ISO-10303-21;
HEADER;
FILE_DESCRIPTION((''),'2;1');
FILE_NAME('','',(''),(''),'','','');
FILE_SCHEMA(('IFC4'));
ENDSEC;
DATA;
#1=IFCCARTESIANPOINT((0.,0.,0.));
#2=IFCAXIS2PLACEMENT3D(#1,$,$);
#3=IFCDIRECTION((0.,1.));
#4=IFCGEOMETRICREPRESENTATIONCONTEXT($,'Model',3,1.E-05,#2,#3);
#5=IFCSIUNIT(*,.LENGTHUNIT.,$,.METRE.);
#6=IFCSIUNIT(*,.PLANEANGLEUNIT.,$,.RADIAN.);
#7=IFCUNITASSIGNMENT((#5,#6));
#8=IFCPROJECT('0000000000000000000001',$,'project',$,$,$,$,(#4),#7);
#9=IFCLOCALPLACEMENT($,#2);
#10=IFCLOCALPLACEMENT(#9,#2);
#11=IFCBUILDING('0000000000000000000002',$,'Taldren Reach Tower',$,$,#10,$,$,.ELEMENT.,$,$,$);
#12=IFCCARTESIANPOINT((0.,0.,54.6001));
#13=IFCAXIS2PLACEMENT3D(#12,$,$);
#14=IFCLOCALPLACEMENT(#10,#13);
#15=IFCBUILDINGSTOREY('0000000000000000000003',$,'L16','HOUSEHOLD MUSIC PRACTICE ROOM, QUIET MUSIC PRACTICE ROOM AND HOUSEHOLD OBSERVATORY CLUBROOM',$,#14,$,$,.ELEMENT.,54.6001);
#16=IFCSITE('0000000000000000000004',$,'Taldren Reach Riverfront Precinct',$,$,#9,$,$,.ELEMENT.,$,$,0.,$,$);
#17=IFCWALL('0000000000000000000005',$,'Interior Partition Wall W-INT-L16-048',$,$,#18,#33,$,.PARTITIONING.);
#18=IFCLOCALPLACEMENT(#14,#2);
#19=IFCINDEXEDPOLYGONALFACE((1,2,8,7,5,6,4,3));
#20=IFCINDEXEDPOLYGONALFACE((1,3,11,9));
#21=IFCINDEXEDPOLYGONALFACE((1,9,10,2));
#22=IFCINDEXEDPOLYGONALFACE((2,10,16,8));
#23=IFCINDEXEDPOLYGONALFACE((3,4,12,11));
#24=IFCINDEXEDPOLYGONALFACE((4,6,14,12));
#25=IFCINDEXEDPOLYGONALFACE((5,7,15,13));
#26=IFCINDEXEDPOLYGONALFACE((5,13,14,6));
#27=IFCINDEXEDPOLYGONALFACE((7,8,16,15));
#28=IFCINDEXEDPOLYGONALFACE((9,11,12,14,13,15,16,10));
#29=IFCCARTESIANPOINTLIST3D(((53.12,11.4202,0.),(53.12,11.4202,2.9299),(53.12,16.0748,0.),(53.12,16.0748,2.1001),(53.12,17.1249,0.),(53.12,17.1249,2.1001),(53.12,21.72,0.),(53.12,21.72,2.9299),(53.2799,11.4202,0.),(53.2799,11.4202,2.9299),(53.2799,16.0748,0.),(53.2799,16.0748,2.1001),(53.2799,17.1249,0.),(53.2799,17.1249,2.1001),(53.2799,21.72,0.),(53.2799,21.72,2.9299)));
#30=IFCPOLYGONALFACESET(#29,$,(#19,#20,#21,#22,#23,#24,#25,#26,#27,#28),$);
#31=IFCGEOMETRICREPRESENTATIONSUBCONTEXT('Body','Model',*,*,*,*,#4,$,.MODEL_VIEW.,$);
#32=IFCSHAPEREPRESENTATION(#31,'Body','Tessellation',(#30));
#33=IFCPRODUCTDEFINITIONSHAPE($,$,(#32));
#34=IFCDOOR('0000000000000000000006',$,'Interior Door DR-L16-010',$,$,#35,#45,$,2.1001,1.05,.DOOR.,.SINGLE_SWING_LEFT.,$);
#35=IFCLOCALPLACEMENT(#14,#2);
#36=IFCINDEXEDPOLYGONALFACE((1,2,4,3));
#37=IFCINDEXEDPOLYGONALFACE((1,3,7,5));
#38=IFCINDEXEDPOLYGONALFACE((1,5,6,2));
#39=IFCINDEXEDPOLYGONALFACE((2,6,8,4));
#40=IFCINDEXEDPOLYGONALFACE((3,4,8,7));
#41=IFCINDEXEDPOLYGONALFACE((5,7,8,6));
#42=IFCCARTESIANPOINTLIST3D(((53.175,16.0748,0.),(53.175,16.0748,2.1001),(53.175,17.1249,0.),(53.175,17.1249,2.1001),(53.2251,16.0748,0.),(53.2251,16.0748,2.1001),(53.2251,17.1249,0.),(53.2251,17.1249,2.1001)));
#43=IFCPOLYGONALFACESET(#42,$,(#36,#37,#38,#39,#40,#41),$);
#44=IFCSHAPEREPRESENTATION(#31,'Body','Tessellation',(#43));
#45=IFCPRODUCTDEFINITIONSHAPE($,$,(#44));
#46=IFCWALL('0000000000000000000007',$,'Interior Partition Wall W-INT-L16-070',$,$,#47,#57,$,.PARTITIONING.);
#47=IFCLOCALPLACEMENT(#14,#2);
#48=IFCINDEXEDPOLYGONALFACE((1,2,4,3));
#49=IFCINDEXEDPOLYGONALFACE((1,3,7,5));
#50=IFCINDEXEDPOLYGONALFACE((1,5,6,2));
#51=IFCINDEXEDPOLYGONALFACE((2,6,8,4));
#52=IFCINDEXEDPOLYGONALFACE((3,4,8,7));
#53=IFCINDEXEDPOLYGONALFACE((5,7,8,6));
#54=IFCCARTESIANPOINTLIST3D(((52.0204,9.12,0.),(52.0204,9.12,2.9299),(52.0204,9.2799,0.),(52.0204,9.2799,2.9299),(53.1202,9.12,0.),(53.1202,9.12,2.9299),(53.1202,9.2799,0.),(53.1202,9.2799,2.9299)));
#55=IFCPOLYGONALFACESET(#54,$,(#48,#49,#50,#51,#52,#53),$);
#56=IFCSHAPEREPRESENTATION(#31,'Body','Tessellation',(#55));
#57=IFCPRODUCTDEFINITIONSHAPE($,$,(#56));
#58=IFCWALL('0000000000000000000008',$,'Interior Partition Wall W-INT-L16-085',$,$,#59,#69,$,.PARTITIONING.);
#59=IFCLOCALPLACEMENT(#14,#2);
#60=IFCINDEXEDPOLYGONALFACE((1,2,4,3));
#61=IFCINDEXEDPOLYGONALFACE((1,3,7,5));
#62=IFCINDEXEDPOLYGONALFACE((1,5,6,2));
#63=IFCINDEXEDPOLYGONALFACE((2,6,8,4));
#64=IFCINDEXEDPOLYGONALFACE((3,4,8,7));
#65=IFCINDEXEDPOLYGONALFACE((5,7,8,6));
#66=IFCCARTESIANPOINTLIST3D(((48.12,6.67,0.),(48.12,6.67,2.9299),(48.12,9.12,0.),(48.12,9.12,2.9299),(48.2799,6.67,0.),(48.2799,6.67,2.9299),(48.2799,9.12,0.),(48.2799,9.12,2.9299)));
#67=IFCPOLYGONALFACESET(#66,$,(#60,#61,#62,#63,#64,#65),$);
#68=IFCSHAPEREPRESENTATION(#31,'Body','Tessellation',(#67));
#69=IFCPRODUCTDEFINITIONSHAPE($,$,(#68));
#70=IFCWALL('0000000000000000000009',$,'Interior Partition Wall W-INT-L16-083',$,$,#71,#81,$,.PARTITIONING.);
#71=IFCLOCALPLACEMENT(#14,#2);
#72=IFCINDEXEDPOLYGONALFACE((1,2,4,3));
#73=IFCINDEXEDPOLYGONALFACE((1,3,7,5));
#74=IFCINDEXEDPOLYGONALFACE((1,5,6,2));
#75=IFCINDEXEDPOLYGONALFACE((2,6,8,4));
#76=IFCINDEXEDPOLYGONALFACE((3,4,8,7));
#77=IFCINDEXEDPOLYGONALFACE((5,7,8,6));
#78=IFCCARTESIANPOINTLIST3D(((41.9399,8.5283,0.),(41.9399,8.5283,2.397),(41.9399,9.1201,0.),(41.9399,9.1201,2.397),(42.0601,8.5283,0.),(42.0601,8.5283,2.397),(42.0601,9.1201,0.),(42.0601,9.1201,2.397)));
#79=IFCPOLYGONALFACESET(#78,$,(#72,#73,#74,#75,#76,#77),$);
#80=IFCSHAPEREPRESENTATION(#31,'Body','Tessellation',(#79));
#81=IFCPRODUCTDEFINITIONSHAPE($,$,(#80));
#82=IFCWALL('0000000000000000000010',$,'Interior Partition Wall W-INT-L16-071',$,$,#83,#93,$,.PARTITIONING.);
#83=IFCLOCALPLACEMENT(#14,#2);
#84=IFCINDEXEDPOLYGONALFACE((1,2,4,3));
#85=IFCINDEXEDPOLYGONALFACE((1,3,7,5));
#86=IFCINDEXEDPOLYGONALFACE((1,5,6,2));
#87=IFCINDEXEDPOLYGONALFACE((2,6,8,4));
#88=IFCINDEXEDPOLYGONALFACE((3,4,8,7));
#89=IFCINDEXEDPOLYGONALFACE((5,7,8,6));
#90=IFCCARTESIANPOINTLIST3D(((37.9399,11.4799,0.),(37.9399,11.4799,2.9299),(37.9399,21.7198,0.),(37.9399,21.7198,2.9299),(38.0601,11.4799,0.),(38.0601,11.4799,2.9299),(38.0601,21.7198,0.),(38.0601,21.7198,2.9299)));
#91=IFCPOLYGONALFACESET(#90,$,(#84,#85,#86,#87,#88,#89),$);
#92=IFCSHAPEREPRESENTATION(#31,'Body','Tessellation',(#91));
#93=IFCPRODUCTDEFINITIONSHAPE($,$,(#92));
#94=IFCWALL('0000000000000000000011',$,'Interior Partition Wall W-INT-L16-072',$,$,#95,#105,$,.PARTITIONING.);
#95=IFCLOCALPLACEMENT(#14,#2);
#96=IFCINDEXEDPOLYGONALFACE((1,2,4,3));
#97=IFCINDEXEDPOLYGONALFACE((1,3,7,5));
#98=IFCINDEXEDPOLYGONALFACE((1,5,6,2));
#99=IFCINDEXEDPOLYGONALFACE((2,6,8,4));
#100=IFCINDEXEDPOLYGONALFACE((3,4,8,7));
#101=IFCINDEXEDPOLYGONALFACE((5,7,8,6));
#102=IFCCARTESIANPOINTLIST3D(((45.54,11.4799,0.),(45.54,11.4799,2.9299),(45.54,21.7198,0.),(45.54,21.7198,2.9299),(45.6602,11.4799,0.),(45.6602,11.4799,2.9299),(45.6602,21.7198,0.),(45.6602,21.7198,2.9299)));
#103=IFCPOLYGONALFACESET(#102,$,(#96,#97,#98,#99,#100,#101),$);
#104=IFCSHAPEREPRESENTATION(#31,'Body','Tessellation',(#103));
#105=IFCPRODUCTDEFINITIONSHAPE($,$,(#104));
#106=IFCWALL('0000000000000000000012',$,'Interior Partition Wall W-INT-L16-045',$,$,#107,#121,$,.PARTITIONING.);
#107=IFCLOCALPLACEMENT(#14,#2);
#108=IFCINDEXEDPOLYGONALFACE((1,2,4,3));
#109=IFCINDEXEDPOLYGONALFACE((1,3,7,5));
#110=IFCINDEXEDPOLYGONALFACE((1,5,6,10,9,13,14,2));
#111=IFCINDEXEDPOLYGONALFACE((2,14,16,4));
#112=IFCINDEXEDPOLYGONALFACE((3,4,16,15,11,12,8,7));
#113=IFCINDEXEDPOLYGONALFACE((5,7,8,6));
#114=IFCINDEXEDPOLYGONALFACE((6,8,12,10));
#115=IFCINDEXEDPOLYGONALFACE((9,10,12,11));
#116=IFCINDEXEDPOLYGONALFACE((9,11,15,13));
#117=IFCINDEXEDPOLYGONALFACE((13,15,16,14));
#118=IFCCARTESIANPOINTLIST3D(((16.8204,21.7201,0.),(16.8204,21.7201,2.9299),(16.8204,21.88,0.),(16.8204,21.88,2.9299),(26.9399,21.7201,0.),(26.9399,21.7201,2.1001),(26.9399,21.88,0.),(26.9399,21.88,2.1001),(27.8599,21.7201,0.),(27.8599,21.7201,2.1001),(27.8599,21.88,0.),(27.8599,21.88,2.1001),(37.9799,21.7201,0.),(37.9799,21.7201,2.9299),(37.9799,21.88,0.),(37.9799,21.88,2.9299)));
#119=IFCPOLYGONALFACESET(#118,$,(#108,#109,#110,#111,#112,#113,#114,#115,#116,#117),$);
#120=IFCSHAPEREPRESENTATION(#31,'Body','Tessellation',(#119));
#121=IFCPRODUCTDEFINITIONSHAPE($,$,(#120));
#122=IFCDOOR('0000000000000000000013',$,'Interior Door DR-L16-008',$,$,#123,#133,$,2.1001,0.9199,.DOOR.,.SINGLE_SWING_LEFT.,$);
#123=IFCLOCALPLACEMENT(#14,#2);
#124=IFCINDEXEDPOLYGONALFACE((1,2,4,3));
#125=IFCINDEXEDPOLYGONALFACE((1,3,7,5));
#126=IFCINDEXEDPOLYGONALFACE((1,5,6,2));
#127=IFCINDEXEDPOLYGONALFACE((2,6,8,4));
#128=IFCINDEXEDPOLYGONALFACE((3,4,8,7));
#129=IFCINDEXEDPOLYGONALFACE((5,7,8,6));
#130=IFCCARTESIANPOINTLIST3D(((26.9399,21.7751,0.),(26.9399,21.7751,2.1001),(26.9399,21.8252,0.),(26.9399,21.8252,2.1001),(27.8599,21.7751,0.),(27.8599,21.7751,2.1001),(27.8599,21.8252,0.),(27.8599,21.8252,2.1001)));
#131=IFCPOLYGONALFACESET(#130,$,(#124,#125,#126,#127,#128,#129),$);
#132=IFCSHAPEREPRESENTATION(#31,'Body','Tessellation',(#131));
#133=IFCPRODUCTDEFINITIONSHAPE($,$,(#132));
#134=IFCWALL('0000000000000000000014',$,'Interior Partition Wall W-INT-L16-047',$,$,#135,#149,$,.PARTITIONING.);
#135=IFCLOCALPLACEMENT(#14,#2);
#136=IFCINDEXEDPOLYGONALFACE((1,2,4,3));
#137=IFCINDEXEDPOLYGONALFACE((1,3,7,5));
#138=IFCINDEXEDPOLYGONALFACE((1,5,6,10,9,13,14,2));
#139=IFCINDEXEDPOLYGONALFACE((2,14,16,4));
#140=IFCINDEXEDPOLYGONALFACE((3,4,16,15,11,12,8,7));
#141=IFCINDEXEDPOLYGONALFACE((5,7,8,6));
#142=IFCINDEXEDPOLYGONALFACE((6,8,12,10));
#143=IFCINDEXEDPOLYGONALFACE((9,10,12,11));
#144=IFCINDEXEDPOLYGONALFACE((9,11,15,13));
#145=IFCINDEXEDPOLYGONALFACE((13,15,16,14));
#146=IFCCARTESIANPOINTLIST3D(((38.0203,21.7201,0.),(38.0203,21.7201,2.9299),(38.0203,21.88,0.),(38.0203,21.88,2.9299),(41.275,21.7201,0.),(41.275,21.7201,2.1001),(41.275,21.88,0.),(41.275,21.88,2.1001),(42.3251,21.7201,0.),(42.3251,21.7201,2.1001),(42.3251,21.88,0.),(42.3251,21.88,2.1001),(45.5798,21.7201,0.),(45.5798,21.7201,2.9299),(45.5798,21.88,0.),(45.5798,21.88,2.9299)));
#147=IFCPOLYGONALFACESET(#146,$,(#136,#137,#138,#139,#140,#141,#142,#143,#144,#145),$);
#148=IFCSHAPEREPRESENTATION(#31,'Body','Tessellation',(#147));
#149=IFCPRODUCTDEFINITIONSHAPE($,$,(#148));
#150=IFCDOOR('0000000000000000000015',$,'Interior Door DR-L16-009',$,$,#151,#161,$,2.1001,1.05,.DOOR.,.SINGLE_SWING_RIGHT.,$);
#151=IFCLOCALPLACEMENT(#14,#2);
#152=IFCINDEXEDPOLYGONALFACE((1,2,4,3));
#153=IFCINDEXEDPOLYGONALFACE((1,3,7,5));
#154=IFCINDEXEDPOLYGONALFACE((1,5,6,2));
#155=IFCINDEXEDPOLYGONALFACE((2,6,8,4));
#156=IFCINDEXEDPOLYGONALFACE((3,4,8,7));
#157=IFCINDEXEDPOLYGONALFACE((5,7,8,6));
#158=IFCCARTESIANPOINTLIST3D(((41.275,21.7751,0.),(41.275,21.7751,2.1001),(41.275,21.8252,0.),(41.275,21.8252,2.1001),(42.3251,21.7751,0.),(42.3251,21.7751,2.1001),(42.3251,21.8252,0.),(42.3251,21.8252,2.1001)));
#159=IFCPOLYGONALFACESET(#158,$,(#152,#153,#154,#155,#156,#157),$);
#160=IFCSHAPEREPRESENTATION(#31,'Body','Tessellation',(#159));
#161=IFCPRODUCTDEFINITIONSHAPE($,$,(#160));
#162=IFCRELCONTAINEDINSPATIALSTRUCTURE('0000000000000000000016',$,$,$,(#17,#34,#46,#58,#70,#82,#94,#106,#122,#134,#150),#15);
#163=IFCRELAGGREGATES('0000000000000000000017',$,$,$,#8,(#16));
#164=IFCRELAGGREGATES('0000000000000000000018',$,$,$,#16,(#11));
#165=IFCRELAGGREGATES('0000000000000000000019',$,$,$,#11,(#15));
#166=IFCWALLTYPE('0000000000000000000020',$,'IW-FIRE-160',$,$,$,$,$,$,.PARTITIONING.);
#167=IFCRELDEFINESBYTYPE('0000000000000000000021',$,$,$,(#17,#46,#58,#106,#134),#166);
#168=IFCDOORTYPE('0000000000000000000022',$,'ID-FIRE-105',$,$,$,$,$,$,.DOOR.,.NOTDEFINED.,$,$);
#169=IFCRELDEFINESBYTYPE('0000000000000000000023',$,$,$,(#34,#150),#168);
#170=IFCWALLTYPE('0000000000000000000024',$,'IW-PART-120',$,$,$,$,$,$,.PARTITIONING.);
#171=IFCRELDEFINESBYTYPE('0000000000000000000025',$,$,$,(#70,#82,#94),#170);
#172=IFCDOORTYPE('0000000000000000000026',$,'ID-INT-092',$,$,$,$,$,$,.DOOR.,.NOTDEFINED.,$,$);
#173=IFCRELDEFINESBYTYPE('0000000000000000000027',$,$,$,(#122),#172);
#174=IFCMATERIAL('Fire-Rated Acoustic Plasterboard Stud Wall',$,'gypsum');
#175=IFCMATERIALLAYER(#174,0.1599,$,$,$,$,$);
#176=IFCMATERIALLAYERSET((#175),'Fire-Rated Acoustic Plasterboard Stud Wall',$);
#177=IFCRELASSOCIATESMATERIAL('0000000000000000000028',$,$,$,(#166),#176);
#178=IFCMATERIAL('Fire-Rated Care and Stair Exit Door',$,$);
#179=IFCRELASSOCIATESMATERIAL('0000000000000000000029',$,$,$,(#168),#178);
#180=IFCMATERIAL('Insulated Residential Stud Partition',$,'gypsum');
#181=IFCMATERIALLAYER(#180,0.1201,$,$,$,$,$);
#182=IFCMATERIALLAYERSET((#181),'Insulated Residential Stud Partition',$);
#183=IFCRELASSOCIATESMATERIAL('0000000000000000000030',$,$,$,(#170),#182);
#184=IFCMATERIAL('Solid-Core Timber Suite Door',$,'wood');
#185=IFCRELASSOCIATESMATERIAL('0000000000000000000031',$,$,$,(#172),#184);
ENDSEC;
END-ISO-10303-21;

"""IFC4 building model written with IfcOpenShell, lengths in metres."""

from ifc_helpers import new_model, si_unit, direction, frame, frame_2d, origin, place, context, subcontext, project, spatial, rectangle, extrude, source, transform, mapped, material, layer, layer_set, type_object, element, fill, save


model = new_model("IFC4")

# Units and contexts
model_context = context("Model", 3, precision=1e-05, world=origin(), true_north=direction((0.0, 1.0)))
body_context = subcontext(model_context, "Body", "Model", "MODEL_VIEW")
ifc_project = project(units=[si_unit("LENGTHUNIT", "METRE"), si_unit("PLANEANGLEUNIT", "RADIAN")], contexts=[model_context])

# Site, building, storey
site_placement = place(None, origin())
site = spatial("IfcSite", under=ifc_project, at=site_placement, Name="Taldren Reach Riverfront Precinct", CompositionType="ELEMENT", RefElevation=0.0)
building_placement = place(site_placement, origin())
building = spatial("IfcBuilding", under=site, at=building_placement, Name="Taldren Reach Tower", CompositionType="ELEMENT")
storey_placement = place(building_placement, frame((0.0, 0.0, 54.6001)))
storey = spatial("IfcBuildingStorey", under=building, at=storey_placement, Name="L16", Description="HOUSEHOLD MUSIC PRACTICE ROOM, QUIET MUSIC PRACTICE ROOM AND HOUSEHOLD OBSERVATORY CLUBROOM", CompositionType="ELEMENT", Elevation=54.6001)

# Wall, opening, door
ifc_material_1 = material(Name="Fire-Rated Acoustic Plasterboard Stud Wall", Category="gypsum")
ifc_layer_1 = layer(ifc_material_1, 0.1599)
ifc_layer_set_1 = layer_set([ifc_layer_1], Name="Fire-Rated Acoustic Plasterboard Stud Wall")
wall_type_1 = type_object("IfcWallType", Name="IW-FIRE-160", PredefinedType="PARTITIONING", material=ifc_layer_set_1)
shared_shape_1 = source(origin(), body_context, "Body", "SweptSolid", [
    extrude(rectangle(XDim=10.2998, YDim=0.1599, at=frame_2d((5.1499, 0.0))), origin(), (0.0, 0.0, 1.0), 2.9299),
])
wall_1_placement = place(storey_placement, frame((53.2, 11.4202, 0.0), z_axis=(0.0, 0.0, 1.0), x_axis=(0.0, 1.0, 0.0)))
wall_1 = element("IfcWall", 1, at=wall_1_placement, inside=storey, type_object=wall_type_1, Name="Interior Partition Wall W-INT-L16-048", PredefinedType="PARTITIONING", context=body_context, shape_type="MappedRepresentation", body=[
    mapped(shared_shape_1, transform((0.0, 0.0, 0.0), scale=1.0)),
])
shared_shape_2 = source(origin(), body_context, "Body", "SweptSolid", [
    extrude(rectangle(XDim=1.05, YDim=2.1001, at=frame_2d((0.5249, 1.05))), frame((0.0, 0.0898, 0.0), z_axis=(0.0, -1.0, 0.0), x_axis=(1.0, 0.0, 0.0)), (0.0, 0.0, 1.0), 0.1799),
])
opening_1_placement = place(wall_1_placement, frame((4.6548, 0.0, 0.0)))
opening_1 = element("IfcOpeningElement", 2, at=opening_1_placement, cuts=wall_1, PredefinedType="OPENING", context=body_context, shape_type="MappedRepresentation", body=[
    mapped(shared_shape_2, transform((0.0, 0.0, 0.0), scale=1.0)),
])
ifc_material_2 = material(Name="Fire-Rated Care and Stair Exit Door")
door_type_1 = type_object("IfcDoorType", Name="ID-FIRE-105", OperationType="NOTDEFINED", PredefinedType="DOOR", material=ifc_material_2)
shared_shape_3 = source(origin(), body_context, "Body", "SweptSolid", [
    extrude(rectangle(XDim=1.05, YDim=2.1001, at=frame_2d((0.5249, 1.05))), frame((0.0, 0.0249, 0.0), z_axis=(0.0, -1.0, 0.0), x_axis=(1.0, 0.0, 0.0)), (0.0, 0.0, 1.0), 0.05),
])
door_1_placement = place(opening_1_placement, origin())
door_1 = element("IfcDoor", 3, at=door_1_placement, inside=storey, type_object=door_type_1, Name="Interior Door DR-L16-010", OperationType="SINGLE_SWING_LEFT", OverallHeight=2.1001, OverallWidth=1.05, PredefinedType="DOOR", context=body_context, shape_type="MappedRepresentation", body=[
    mapped(shared_shape_3, transform((0.0, 0.0, 0.0), scale=1.0)),
])
fill(opening_1, door_1)

# Walls
shared_shape_4 = source(origin(), body_context, "Body", "SweptSolid", [
    extrude(rectangle(XDim=1.0999, YDim=0.1599, at=frame_2d((0.5498, 0.0))), origin(), (0.0, 0.0, 1.0), 2.9299),
])
wall_2_placement = place(storey_placement, frame((53.1201, 9.2, 0.0), z_axis=(0.0, 0.0, 1.0), x_axis=(-1.0, 0.0, 0.0)))
element("IfcWall", 4, at=wall_2_placement, inside=storey, type_object=wall_type_1, Name="Interior Partition Wall W-INT-L16-070", PredefinedType="PARTITIONING", context=body_context, shape_type="MappedRepresentation", body=[
    mapped(shared_shape_4, transform((0.0, 0.0, 0.0), scale=1.0)),
])
shared_shape_5 = source(origin(), body_context, "Body", "SweptSolid", [
    extrude(rectangle(XDim=2.45, YDim=0.1599, at=frame_2d((1.2251, 0.0))), origin(), (0.0, 0.0, 1.0), 2.9299),
])
wall_3_placement = place(storey_placement, frame((48.2, 9.1201, 0.0), z_axis=(0.0, 0.0, 1.0), x_axis=(0.0, -1.0, 0.0)))
element("IfcWall", 5, at=wall_3_placement, inside=storey, type_object=wall_type_1, Name="Interior Partition Wall W-INT-L16-085", PredefinedType="PARTITIONING", context=body_context, shape_type="MappedRepresentation", body=[
    mapped(shared_shape_5, transform((0.0, 0.0, 0.0), scale=1.0)),
])
ifc_material_3 = material(Name="Insulated Residential Stud Partition", Category="gypsum")
ifc_layer_2 = layer(ifc_material_3, 0.1201)
ifc_layer_set_2 = layer_set([ifc_layer_2], Name="Insulated Residential Stud Partition")
wall_type_2 = type_object("IfcWallType", Name="IW-PART-120", PredefinedType="PARTITIONING", material=ifc_layer_set_2)
shared_shape_6 = source(origin(), body_context, "Body", "SweptSolid", [
    extrude(rectangle(XDim=0.5918, YDim=0.1201, at=frame_2d((0.2959, 0.0))), origin(), (0.0, 0.0, 1.0), 2.397),
])
wall_4_placement = place(storey_placement, frame((42.0, 9.1201, 0.0), z_axis=(0.0, 0.0, 1.0), x_axis=(0.0, -1.0, 0.0)))
element("IfcWall", 6, at=wall_4_placement, inside=storey, type_object=wall_type_2, Name="Interior Partition Wall W-INT-L16-083", PredefinedType="PARTITIONING", context=body_context, shape_type="MappedRepresentation", body=[
    mapped(shared_shape_6, transform((0.0, 0.0, 0.0), scale=1.0)),
])
shared_shape_7 = source(origin(), body_context, "Body", "SweptSolid", [
    extrude(rectangle(XDim=10.24, YDim=0.1201, at=frame_2d((5.1201, 0.0))), origin(), (0.0, 0.0, 1.0), 2.9299),
])
for number, where, z_axis, x_axis, name in (
    (7, (38.0, 21.72, 0.0), (0.0, 0.0, 1.0), (0.0, -1.0, 0.0), "Interior Partition Wall W-INT-L16-071"),
    (8, (45.6001, 21.72, 0.0), (0.0, 0.0, 1.0), (0.0, -1.0, 0.0), "Interior Partition Wall W-INT-L16-072"),
):
    element("IfcWall", number, at=place(storey_placement, frame(where, z_axis=z_axis, x_axis=x_axis)), inside=storey, type_object=wall_type_2, Name=name, PredefinedType="PARTITIONING", context=body_context, shape_type="MappedRepresentation", body=[
        mapped(shared_shape_7, transform((0.0, 0.0, 0.0), scale=1.0)),
    ])

# Walls, openings, doors
shared_shape_8 = source(origin(), body_context, "Body", "SweptSolid", [
    extrude(rectangle(XDim=21.1594, YDim=0.1599, at=frame_2d((10.5796, 0.0))), origin(), (0.0, 0.0, 1.0), 2.9299),
])
wall_5_placement = place(storey_placement, frame((37.9797, 21.8, 0.0), z_axis=(0.0, 0.0, 1.0), x_axis=(-1.0, 0.0, 0.0)))
wall_5 = element("IfcWall", 9, at=wall_5_placement, inside=storey, type_object=wall_type_1, Name="Interior Partition Wall W-INT-L16-045", PredefinedType="PARTITIONING", context=body_context, shape_type="MappedRepresentation", body=[
    mapped(shared_shape_8, transform((0.0, 0.0, 0.0), scale=1.0)),
])
shared_shape_9 = source(origin(), body_context, "Body", "SweptSolid", [
    extrude(rectangle(XDim=0.9199, YDim=2.1001, at=frame_2d((0.46, 1.05))), frame((0.0, 0.0898, 0.0), z_axis=(0.0, -1.0, 0.0), x_axis=(1.0, 0.0, 0.0)), (0.0, 0.0, 1.0), 0.1799),
])
opening_2_placement = place(wall_5_placement, frame((10.1199, 0.0, 0.0)))
opening_2 = element("IfcOpeningElement", 10, at=opening_2_placement, cuts=wall_5, PredefinedType="OPENING", context=body_context, shape_type="MappedRepresentation", body=[
    mapped(shared_shape_9, transform((0.0, 0.0, 0.0), scale=1.0)),
])
ifc_material_4 = material(Name="Solid-Core Timber Suite Door", Category="wood")
door_type_2 = type_object("IfcDoorType", Name="ID-INT-092", OperationType="NOTDEFINED", PredefinedType="DOOR", material=ifc_material_4)
shared_shape_10 = source(origin(), body_context, "Body", "SweptSolid", [
    extrude(rectangle(XDim=0.9199, YDim=2.1001, at=frame_2d((0.46, 1.05))), frame((0.0, 0.0249, 0.0), z_axis=(0.0, -1.0, 0.0), x_axis=(1.0, 0.0, 0.0)), (0.0, 0.0, 1.0), 0.05),
])
door_2_placement = place(opening_2_placement, origin())
door_2 = element("IfcDoor", 11, at=door_2_placement, inside=storey, type_object=door_type_2, Name="Interior Door DR-L16-008", OperationType="SINGLE_SWING_LEFT", OverallHeight=2.1001, OverallWidth=0.9199, PredefinedType="DOOR", context=body_context, shape_type="MappedRepresentation", body=[
    mapped(shared_shape_10, transform((0.0, 0.0, 0.0), scale=1.0)),
])
fill(opening_2, door_2)
shared_shape_11 = source(origin(), body_context, "Body", "SweptSolid", [
    extrude(rectangle(XDim=7.5596, YDim=0.1599, at=frame_2d((3.7798, 0.0))), origin(), (0.0, 0.0, 1.0), 2.9299),
])
wall_6_placement = place(storey_placement, frame((45.5798, 21.8, 0.0), z_axis=(0.0, 0.0, 1.0), x_axis=(-1.0, 0.0, 0.0)))
wall_6 = element("IfcWall", 12, at=wall_6_placement, inside=storey, type_object=wall_type_1, Name="Interior Partition Wall W-INT-L16-047", PredefinedType="PARTITIONING", context=body_context, shape_type="MappedRepresentation", body=[
    mapped(shared_shape_11, transform((0.0, 0.0, 0.0), scale=1.0)),
])
opening_3_placement = place(wall_6_placement, frame((3.2549, 0.0, 0.0)))
opening_3 = element("IfcOpeningElement", 13, at=opening_3_placement, cuts=wall_6, PredefinedType="OPENING", context=body_context, shape_type="MappedRepresentation", body=[
    mapped(shared_shape_2, transform((0.0, 0.0, 0.0), scale=1.0)),
])
door_3_placement = place(opening_3_placement, origin())
door_3 = element("IfcDoor", 14, at=door_3_placement, inside=storey, type_object=door_type_1, Name="Interior Door DR-L16-009", OperationType="SINGLE_SWING_RIGHT", OverallHeight=2.1001, OverallWidth=1.05, PredefinedType="DOOR", context=body_context, shape_type="MappedRepresentation", body=[
    mapped(shared_shape_3, transform((0.0, 0.0, 0.0), scale=1.0)),
])
fill(opening_3, door_3)

save(model, "model.ifc")
